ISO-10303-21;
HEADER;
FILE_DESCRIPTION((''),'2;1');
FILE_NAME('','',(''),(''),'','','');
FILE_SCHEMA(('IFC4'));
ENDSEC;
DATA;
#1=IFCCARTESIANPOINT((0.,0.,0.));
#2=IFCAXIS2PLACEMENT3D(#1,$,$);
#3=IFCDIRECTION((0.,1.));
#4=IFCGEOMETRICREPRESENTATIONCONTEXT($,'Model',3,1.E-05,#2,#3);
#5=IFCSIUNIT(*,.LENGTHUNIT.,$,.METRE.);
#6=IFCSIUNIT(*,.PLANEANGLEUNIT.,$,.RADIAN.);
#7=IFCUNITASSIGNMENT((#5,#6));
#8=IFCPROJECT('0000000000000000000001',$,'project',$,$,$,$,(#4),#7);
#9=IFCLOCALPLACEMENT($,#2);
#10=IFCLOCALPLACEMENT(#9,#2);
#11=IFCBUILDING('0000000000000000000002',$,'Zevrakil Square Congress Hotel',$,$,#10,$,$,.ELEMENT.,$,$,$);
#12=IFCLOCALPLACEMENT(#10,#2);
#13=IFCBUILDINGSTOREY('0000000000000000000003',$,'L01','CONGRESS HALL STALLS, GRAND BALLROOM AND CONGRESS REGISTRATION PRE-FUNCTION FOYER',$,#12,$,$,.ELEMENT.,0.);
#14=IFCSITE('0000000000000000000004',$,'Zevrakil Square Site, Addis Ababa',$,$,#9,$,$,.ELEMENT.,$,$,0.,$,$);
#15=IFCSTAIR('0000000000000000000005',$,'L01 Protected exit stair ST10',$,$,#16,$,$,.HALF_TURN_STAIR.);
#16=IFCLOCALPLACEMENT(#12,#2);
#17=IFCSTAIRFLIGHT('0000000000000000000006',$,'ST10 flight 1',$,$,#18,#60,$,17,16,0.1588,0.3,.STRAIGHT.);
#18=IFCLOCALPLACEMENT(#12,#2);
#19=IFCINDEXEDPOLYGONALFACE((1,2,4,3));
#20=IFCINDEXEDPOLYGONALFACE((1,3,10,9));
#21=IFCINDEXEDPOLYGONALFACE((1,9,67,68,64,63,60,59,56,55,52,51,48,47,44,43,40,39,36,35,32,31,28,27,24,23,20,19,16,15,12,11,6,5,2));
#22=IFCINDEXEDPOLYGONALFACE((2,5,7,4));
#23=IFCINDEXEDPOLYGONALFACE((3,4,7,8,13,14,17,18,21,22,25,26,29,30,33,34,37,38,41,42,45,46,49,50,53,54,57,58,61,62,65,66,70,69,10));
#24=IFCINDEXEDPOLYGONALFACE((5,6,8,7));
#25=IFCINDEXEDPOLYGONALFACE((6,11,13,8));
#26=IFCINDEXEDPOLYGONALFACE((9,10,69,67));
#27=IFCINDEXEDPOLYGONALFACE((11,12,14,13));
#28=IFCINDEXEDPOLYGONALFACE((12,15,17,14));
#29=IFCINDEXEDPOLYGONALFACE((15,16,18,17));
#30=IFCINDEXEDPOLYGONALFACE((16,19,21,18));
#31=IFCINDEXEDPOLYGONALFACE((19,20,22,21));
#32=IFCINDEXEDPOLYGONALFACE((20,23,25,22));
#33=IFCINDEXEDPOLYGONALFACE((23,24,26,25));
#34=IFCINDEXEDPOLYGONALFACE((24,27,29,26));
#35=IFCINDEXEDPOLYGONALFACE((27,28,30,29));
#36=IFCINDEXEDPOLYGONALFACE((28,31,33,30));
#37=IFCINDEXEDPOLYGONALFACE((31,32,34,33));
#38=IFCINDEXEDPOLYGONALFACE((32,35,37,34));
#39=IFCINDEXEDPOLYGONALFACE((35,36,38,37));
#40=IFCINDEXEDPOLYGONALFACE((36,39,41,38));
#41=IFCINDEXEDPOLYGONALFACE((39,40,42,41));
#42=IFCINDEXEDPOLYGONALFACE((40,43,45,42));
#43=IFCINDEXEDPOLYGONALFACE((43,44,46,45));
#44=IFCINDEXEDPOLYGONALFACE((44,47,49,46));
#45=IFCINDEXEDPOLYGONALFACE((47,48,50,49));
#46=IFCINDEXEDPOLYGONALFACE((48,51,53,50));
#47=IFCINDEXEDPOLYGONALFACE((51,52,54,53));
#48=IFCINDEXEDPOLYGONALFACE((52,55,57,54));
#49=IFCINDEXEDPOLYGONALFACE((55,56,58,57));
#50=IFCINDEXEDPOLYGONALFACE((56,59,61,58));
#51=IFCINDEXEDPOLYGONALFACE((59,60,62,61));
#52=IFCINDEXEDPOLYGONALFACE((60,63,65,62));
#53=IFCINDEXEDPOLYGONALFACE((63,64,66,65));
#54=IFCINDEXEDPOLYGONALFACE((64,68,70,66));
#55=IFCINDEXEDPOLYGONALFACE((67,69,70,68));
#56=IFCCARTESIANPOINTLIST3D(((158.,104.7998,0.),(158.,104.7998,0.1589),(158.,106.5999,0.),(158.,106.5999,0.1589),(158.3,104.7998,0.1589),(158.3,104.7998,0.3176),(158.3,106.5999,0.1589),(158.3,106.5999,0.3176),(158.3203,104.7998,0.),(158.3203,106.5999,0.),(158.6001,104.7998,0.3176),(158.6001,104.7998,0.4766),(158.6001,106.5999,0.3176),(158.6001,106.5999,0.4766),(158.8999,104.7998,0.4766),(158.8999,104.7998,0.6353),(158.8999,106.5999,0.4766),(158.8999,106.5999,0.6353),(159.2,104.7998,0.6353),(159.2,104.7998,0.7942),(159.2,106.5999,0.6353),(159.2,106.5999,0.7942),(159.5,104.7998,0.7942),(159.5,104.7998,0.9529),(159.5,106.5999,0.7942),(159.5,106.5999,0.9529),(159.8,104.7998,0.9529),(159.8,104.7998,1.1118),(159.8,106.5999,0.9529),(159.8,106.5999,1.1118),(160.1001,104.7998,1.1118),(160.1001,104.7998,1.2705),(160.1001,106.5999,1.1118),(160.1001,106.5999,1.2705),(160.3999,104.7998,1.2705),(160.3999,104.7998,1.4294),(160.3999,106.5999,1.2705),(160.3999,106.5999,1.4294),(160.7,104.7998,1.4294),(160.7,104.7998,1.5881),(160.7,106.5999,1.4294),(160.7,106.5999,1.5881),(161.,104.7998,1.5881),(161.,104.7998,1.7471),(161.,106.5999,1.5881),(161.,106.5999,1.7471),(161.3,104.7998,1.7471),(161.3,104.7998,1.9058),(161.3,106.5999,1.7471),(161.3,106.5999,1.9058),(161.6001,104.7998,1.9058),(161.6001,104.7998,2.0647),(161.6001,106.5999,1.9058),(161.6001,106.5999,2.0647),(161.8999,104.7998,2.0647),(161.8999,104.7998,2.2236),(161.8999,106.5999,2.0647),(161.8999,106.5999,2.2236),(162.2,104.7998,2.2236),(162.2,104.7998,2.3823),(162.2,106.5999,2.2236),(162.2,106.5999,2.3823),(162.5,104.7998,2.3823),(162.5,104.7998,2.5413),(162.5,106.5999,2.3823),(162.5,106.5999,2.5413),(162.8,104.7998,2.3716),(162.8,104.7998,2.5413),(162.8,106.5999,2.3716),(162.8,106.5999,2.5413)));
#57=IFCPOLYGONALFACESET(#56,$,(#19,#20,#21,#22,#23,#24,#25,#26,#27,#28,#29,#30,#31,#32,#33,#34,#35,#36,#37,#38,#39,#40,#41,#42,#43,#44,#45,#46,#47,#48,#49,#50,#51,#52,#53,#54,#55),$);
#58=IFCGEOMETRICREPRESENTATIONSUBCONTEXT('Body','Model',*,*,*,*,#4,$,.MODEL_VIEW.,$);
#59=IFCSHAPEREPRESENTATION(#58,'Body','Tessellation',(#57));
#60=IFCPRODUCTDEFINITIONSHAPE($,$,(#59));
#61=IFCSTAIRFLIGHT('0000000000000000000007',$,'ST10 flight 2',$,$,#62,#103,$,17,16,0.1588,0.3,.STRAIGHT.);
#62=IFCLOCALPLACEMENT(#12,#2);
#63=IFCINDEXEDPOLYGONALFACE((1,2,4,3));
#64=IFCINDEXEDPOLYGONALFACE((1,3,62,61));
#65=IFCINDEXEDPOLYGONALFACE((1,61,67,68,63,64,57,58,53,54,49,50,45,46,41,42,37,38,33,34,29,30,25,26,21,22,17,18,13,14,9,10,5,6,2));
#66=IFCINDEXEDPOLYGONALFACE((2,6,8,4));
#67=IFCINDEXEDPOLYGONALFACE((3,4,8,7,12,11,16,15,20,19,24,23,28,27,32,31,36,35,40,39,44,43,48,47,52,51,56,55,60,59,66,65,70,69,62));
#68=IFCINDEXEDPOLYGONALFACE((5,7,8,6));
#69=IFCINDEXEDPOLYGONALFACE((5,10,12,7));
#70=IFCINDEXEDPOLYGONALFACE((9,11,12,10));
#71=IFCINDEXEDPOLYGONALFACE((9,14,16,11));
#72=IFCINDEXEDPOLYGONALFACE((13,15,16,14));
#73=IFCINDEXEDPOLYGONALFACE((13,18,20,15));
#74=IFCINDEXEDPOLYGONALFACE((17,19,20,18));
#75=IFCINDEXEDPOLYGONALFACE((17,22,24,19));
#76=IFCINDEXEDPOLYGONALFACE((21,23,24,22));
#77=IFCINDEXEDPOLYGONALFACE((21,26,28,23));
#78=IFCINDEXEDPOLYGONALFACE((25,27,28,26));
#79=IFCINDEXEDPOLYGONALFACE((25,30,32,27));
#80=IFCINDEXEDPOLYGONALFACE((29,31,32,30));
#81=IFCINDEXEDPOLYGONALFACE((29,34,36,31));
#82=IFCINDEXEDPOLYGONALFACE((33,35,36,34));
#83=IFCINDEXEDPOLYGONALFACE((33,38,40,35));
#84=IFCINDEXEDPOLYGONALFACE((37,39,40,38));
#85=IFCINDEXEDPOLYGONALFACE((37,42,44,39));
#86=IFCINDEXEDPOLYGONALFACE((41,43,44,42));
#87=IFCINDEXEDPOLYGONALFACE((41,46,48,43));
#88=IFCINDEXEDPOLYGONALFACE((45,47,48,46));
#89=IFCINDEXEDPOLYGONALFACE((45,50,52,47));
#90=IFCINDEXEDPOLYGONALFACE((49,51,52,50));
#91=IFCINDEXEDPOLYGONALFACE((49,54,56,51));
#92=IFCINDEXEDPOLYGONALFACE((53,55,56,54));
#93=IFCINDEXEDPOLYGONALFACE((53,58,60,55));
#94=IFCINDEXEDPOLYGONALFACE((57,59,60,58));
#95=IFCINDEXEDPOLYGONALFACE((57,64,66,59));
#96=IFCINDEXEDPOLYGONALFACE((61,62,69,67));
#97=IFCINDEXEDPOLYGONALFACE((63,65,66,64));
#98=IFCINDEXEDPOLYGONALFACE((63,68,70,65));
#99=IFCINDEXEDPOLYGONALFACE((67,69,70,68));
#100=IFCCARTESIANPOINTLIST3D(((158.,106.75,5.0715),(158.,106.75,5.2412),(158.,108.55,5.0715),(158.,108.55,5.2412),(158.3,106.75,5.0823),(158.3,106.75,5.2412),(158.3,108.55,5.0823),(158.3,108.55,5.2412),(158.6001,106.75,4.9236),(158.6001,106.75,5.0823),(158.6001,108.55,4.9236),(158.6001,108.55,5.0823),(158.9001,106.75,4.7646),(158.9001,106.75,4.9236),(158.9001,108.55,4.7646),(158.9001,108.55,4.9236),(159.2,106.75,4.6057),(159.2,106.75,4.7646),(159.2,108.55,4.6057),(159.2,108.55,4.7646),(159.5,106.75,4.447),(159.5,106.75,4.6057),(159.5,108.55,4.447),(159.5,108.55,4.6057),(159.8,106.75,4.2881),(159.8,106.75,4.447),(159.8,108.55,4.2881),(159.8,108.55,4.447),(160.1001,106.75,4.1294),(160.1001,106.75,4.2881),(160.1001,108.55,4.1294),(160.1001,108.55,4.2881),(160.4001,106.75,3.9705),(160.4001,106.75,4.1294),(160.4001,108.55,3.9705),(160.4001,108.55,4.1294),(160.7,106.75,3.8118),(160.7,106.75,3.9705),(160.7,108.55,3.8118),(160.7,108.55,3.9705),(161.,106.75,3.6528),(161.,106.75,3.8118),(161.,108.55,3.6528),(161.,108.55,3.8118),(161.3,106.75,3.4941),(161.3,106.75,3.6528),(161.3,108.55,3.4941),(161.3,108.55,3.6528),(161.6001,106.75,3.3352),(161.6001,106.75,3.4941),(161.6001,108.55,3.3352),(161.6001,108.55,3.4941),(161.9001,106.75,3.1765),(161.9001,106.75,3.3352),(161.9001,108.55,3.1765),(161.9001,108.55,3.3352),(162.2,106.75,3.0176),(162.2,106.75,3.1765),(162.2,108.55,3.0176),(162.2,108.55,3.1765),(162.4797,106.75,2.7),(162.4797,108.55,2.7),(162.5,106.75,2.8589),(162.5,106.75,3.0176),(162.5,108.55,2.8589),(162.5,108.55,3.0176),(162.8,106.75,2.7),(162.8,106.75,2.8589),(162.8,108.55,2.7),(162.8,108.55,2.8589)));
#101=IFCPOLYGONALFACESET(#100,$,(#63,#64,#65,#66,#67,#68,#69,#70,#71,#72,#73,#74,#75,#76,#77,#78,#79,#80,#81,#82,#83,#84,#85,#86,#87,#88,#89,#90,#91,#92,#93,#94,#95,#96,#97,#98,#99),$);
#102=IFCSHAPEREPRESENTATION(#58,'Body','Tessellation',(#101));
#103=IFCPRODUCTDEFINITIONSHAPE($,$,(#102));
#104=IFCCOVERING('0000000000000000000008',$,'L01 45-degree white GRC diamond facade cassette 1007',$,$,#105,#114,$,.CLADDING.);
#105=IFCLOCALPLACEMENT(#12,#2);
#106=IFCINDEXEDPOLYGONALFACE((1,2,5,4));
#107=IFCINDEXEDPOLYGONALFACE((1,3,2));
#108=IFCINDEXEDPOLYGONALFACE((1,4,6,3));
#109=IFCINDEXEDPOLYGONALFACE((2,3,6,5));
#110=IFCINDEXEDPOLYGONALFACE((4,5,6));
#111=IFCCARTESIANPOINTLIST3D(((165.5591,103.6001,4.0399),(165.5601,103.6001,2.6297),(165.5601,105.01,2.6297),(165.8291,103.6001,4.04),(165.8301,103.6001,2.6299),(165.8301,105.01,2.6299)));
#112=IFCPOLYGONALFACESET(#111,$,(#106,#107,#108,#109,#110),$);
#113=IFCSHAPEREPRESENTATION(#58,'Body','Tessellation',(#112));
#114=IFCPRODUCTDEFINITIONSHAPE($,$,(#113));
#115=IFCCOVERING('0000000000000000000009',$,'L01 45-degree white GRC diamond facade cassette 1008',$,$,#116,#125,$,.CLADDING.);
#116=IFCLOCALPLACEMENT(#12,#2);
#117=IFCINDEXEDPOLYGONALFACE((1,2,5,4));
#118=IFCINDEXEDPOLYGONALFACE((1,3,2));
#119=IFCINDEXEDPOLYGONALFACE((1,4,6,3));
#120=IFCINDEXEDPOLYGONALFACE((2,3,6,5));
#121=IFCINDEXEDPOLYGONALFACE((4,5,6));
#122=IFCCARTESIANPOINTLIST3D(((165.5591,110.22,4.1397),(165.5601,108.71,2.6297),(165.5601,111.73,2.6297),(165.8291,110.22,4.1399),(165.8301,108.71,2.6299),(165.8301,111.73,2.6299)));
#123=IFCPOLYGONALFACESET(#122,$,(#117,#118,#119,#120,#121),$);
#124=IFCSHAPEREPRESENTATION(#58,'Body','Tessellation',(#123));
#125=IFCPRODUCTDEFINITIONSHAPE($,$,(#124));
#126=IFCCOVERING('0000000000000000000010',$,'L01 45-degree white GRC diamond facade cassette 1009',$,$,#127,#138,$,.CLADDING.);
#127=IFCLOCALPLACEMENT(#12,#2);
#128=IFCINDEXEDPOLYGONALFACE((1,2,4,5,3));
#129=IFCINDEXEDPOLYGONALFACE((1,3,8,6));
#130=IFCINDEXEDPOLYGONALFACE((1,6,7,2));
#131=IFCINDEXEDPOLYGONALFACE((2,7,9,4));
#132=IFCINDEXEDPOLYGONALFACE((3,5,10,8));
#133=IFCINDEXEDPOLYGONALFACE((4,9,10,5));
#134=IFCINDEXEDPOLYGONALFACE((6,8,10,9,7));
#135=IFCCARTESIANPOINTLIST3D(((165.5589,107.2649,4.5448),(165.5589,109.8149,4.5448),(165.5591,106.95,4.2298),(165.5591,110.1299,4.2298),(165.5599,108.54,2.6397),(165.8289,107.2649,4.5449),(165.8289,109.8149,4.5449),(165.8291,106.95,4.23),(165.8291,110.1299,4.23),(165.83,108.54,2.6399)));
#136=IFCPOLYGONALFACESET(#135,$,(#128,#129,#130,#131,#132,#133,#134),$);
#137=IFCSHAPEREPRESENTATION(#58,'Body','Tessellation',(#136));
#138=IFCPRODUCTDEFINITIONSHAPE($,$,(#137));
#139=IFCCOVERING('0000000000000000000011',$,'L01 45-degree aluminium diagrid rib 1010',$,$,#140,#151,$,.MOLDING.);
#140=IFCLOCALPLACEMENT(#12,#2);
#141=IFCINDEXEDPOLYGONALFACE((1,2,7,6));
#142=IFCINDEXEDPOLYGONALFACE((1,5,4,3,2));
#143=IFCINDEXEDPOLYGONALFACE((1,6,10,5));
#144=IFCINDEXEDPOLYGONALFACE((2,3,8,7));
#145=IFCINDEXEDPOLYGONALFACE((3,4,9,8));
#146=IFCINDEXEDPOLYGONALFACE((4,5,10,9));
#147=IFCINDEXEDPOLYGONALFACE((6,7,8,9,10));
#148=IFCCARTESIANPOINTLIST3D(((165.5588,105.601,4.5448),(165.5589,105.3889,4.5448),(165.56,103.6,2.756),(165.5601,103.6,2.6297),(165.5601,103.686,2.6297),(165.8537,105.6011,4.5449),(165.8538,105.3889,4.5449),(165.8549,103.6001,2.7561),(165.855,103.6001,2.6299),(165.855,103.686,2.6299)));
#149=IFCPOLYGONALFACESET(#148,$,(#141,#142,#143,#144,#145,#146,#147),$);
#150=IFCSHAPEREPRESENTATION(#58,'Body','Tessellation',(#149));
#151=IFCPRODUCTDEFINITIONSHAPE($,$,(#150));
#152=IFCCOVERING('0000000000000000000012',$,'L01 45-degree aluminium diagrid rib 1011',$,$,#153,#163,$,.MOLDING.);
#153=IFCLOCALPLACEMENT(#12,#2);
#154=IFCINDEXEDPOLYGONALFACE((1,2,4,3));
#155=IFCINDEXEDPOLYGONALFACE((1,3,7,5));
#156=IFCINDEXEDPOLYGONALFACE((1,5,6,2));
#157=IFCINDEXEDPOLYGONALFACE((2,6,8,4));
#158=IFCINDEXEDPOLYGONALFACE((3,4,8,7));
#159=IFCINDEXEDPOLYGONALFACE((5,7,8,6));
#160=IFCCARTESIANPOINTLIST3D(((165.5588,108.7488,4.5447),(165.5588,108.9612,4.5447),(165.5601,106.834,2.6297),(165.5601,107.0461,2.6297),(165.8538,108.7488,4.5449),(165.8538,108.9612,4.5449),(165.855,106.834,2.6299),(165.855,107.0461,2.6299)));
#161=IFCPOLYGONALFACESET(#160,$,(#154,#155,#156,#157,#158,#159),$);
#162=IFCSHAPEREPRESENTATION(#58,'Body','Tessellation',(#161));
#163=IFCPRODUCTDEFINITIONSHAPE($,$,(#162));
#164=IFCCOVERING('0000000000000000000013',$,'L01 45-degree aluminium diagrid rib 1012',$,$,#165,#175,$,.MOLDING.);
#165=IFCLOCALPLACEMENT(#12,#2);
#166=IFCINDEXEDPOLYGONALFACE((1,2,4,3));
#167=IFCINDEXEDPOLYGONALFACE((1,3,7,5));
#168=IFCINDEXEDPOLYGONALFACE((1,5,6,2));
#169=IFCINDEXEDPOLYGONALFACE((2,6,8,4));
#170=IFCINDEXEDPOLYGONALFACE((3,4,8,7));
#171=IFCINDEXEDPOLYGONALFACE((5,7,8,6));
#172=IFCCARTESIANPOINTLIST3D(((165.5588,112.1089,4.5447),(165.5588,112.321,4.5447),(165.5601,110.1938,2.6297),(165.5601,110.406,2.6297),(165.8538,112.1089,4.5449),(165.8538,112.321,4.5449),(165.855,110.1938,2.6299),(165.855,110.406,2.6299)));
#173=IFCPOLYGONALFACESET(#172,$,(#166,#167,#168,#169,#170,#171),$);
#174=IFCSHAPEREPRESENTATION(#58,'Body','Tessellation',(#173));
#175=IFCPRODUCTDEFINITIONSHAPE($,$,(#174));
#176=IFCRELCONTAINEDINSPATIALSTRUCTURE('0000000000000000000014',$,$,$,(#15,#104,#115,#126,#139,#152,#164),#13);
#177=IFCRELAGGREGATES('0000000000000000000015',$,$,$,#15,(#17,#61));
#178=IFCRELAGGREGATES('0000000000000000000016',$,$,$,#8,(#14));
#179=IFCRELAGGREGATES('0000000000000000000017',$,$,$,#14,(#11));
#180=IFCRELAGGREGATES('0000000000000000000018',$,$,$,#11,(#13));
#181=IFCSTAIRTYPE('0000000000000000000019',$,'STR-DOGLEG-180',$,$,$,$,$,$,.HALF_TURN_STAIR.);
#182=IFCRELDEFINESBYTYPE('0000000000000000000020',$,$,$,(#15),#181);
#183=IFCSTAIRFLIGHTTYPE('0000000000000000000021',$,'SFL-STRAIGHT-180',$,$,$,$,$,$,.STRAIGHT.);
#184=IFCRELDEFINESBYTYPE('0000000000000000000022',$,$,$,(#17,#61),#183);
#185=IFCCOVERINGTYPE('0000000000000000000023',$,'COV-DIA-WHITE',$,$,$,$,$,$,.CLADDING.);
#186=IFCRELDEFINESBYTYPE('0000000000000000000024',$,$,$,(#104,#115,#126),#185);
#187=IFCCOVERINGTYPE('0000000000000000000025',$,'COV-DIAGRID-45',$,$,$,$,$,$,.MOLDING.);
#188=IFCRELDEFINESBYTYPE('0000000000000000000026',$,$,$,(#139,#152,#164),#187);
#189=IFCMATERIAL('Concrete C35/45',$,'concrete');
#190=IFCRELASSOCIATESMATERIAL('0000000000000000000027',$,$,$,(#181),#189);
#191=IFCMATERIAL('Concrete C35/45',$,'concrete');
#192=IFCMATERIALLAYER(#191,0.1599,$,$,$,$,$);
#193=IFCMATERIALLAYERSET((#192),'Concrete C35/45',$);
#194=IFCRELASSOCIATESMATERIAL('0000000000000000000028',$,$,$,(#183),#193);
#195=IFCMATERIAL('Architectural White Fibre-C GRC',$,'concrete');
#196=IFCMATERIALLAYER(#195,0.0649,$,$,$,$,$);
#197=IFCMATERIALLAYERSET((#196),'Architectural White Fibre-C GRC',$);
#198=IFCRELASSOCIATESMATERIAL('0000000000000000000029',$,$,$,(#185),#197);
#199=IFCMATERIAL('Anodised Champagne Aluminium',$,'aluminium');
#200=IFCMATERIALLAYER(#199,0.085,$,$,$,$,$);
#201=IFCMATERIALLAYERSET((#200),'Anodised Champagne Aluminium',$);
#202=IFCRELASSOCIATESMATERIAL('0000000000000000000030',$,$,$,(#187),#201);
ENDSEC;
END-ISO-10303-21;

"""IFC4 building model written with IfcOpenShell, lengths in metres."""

from ifc_helpers import new_model, si_unit, direction, frame, origin, place, context, subcontext, project, spatial, polyline, outline, extrude, material, layer, layer_set, type_object, element, aggregate, save


model = new_model("IFC4")

# Units and contexts
model_context = context("Model", 3, precision=1e-05, world=origin(), true_north=direction((0.0, 1.0)))
body_context = subcontext(model_context, "Body", "Model", "MODEL_VIEW")
ifc_project = project(units=[si_unit("LENGTHUNIT", "METRE"), si_unit("PLANEANGLEUNIT", "RADIAN")], contexts=[model_context])

# Site, building, storey
site_placement = place(None, origin())
site = spatial("IfcSite", under=ifc_project, at=site_placement, Name="Zevrakil Square Site, Addis Ababa", CompositionType="ELEMENT", RefElevation=0.0)
building_placement = place(site_placement, origin())
building = spatial("IfcBuilding", under=site, at=building_placement, Name="Zevrakil Square Congress Hotel", CompositionType="ELEMENT")
storey_placement = place(building_placement, origin())
storey = spatial("IfcBuildingStorey", under=building, at=storey_placement, Name="L01", Description="CONGRESS HALL STALLS, GRAND BALLROOM AND CONGRESS REGISTRATION PRE-FUNCTION FOYER", CompositionType="ELEMENT", Elevation=0.0)

# Stair, stair flights
ifc_material_1 = material(Name="Concrete C35/45", Category="concrete")
stair_type = type_object("IfcStairType", Name="STR-DOGLEG-180", PredefinedType="HALF_TURN_STAIR", material=ifc_material_1)
stair_placement = place(storey_placement, origin())
stair = element("IfcStair", 1, at=stair_placement, inside=storey, type_object=stair_type, Name="L01 Protected exit stair ST10", PredefinedType="HALF_TURN_STAIR")
ifc_material_2 = material(Name="Concrete C35/45", Category="concrete")
ifc_layer_1 = layer(ifc_material_2, 0.1599)
ifc_layer_set_1 = layer_set([ifc_layer_1], Name="Concrete C35/45")
stair_flight_type = type_object("IfcStairFlightType", Name="SFL-STRAIGHT-180", PredefinedType="STRAIGHT", material=ifc_layer_set_1)
stair_flight_1_placement = place(storey_placement, frame((158.0, 105.7, 0.0), z_axis=(0.0, 0.0, 1.0), x_axis=(1.0, 0.0, 0.0)))
stair_flight_1 = element("IfcStairFlight", 2, at=stair_flight_1_placement, type_object=stair_flight_type, Name="ST10 flight 1", NumberOfRisers=17, NumberOfTreads=16, PredefinedType="STRAIGHT", RiserHeight=0.1588, TreadLength=0.3, context=body_context, shape_type="SweptSolid", body=[
    extrude(outline(polyline([(0.0, 0.0), (0.0, 0.1589), (0.3, 0.1589), (0.3, 0.3176), (0.6001, 0.3176), (0.6001, 0.4766), (0.8999, 0.4766), (0.8999, 0.6353), (1.2, 0.6353), (1.2, 0.7942), (1.5, 0.7942), (1.5, 0.9529), (1.8, 0.9529), (1.8, 1.1118), (2.1001, 1.1118), (2.1001, 1.2705), (2.3999, 1.2705), (2.3999, 1.4294), (2.7, 1.4294), (2.7, 1.5881), (3.0, 1.5881), (3.0, 1.7471), (3.3, 1.7471), (3.3, 1.9058), (3.6001, 1.9058), (3.6001, 2.0647), (3.8999, 2.0647), (3.8999, 2.2236), (4.2, 2.2236), (4.2, 2.3823), (4.5, 2.3823), (4.5, 2.5413), (4.8, 2.5413), (4.8, 2.7), (4.8, 2.3716), (0.3203, 0.0), (0.0, 0.0)])), frame((0.0, 0.8999, 0.0), z_axis=(0.0, -1.0, 0.0), x_axis=(1.0, 0.0, 0.0)), (0.0, 0.0, 1.0), 1.8),
])
stair_flight_2_placement = place(storey_placement, frame((162.8, 107.6499, 2.7), z_axis=(0.0, 0.0, 1.0), x_axis=(-1.0, 0.0, 0.0)))
stair_flight_2 = element("IfcStairFlight", 3, at=stair_flight_2_placement, type_object=stair_flight_type, Name="ST10 flight 2", NumberOfRisers=17, NumberOfTreads=16, PredefinedType="STRAIGHT", RiserHeight=0.1588, TreadLength=0.3, context=body_context, shape_type="SweptSolid", body=[
    extrude(outline(polyline([(0.0, 0.0), (0.0, 0.1589), (0.3, 0.1589), (0.3, 0.3176), (0.6001, 0.3176), (0.6001, 0.4766), (0.8999, 0.4766), (0.8999, 0.6353), (1.2, 0.6353), (1.2, 0.7942), (1.5, 0.7942), (1.5, 0.9529), (1.8, 0.9529), (1.8, 1.1118), (2.1001, 1.1118), (2.1001, 1.2705), (2.3999, 1.2705), (2.3999, 1.4294), (2.7, 1.4294), (2.7, 1.5881), (3.0, 1.5881), (3.0, 1.7471), (3.3, 1.7471), (3.3, 1.9058), (3.6001, 1.9058), (3.6001, 2.0647), (3.8999, 2.0647), (3.8999, 2.2236), (4.2, 2.2236), (4.2, 2.3823), (4.5, 2.3823), (4.5, 2.5413), (4.8, 2.5413), (4.8, 2.7), (4.8, 2.3716), (0.3203, 0.0), (0.0, 0.0)])), frame((0.0, 0.8999, 0.0), z_axis=(0.0, -1.0, 0.0), x_axis=(1.0, 0.0, 0.0)), (0.0, 0.0, 1.0), 1.8),
])
aggregate(stair, [stair_flight_1, stair_flight_2])

# Coverings
ifc_material_3 = material(Name="Architectural White Fibre-C GRC", Category="concrete")
ifc_layer_2 = layer(ifc_material_3, 0.0649)
ifc_layer_set_2 = layer_set([ifc_layer_2], Name="Architectural White Fibre-C GRC")
covering_type_1 = type_object("IfcCoveringType", Name="COV-DIA-WHITE", PredefinedType="CLADDING", material=ifc_layer_set_2)
covering_1_placement = place(storey_placement, frame((165.8301, 105.01, 2.6299), z_axis=(1.0, 0.0, 0.000693), x_axis=(0.0, -1.0, 0.0)))
element("IfcCovering", 4, at=covering_1_placement, inside=storey, type_object=covering_type_1, Name="L01 45-degree white GRC diamond facade cassette 1007", PredefinedType="CLADDING", context=body_context, shape_type="SweptSolid", body=[
    extrude(outline(polyline([(0.0, 0.0), (1.4099, 0.0), (1.4099, -1.4102), (0.0, 0.0)])), origin(), (0.0, 0.0, -1.0), 0.27),
])
covering_2_placement = place(storey_placement, frame((165.8291, 110.22, 4.1399), z_axis=(1.0, 0.0, 0.000647), x_axis=(0.000457, 0.707107, -0.707107)))
element("IfcCovering", 5, at=covering_2_placement, inside=storey, type_object=covering_type_1, Name="L01 45-degree white GRC diamond facade cassette 1008", PredefinedType="CLADDING", context=body_context, shape_type="SweptSolid", body=[
    extrude(outline(polyline([(0.0, 0.0), (2.1355, 0.0), (0.0, -2.1355), (0.0, 0.0)])), origin(), (0.0, 0.0, -1.0), 0.27),
])
covering_3_placement = place(storey_placement, frame((165.8291, 110.1299, 4.23), z_axis=(1.0, 0.0, 0.000543), x_axis=(0.000384, -0.707052, -0.707161)))
element("IfcCovering", 6, at=covering_3_placement, inside=storey, type_object=covering_type_1, Name="L01 45-degree white GRC diamond facade cassette 1009", PredefinedType="CLADDING", context=body_context, shape_type="SweptSolid", body=[
    extrude(outline(polyline([(0.0, 0.0), (2.2486, 0.0), (2.2484, -2.2487), (1.803, -2.2487), (0.0, -0.4454), (0.0, 0.0)])), origin(), (0.0, 0.0, -1.0), 0.27),
])
ifc_material_4 = material(Name="Anodised Champagne Aluminium", Category="aluminium")
ifc_layer_3 = layer(ifc_material_4, 0.085)
ifc_layer_set_3 = layer_set([ifc_layer_3], Name="Anodised Champagne Aluminium")
covering_type_2 = type_object("IfcCoveringType", Name="COV-DIAGRID-45", PredefinedType="MOLDING", material=ifc_layer_set_3)
covering_4_placement = place(storey_placement, frame((165.855, 103.686, 2.6299), z_axis=(1.0, 0.000193, 0.000457), x_axis=(0.000193, -1.0, 0.0)))
element("IfcCovering", 7, at=covering_4_placement, inside=storey, type_object=covering_type_2, Name="L01 45-degree aluminium diagrid rib 1010", PredefinedType="MOLDING", context=body_context, shape_type="SweptSolid", body=[
    extrude(outline(polyline([(0.0, 0.0), (0.0859, 0.0), (0.0859, -0.1262), (-1.7029, -1.915), (-1.915, -1.915), (0.0, 0.0)])), origin(), (0.0, 0.0, -1.0), 0.2949),
])
covering_5_placement = place(storey_placement, frame((165.855, 107.0461, 2.6299), z_axis=(1.0, 0.0, 0.000637), x_axis=(0.0, -1.0, 0.0)))
element("IfcCovering", 8, at=covering_5_placement, inside=storey, type_object=covering_type_2, Name="L01 45-degree aluminium diagrid rib 1011", PredefinedType="MOLDING", context=body_context, shape_type="SweptSolid", body=[
    extrude(outline(polyline([(0.0, 0.0), (0.2122, 0.0), (-1.7026, -1.915), (-1.915, -1.915), (0.0, 0.0)])), origin(), (0.0, 0.0, -1.0), 0.2949),
])
covering_6_placement = place(storey_placement, frame((165.855, 110.406, 2.6299), z_axis=(1.0, 0.0, 0.000637), x_axis=(0.0, -1.0, 0.0)))
element("IfcCovering", 9, at=covering_6_placement, inside=storey, type_object=covering_type_2, Name="L01 45-degree aluminium diagrid rib 1012", PredefinedType="MOLDING", context=body_context, shape_type="SweptSolid", body=[
    extrude(outline(polyline([(0.0, 0.0), (0.2122, 0.0), (-1.7029, -1.915), (-1.915, -1.915), (0.0, 0.0)])), origin(), (0.0, 0.0, -1.0), 0.2949),
])

save(model, "model.ifc")
